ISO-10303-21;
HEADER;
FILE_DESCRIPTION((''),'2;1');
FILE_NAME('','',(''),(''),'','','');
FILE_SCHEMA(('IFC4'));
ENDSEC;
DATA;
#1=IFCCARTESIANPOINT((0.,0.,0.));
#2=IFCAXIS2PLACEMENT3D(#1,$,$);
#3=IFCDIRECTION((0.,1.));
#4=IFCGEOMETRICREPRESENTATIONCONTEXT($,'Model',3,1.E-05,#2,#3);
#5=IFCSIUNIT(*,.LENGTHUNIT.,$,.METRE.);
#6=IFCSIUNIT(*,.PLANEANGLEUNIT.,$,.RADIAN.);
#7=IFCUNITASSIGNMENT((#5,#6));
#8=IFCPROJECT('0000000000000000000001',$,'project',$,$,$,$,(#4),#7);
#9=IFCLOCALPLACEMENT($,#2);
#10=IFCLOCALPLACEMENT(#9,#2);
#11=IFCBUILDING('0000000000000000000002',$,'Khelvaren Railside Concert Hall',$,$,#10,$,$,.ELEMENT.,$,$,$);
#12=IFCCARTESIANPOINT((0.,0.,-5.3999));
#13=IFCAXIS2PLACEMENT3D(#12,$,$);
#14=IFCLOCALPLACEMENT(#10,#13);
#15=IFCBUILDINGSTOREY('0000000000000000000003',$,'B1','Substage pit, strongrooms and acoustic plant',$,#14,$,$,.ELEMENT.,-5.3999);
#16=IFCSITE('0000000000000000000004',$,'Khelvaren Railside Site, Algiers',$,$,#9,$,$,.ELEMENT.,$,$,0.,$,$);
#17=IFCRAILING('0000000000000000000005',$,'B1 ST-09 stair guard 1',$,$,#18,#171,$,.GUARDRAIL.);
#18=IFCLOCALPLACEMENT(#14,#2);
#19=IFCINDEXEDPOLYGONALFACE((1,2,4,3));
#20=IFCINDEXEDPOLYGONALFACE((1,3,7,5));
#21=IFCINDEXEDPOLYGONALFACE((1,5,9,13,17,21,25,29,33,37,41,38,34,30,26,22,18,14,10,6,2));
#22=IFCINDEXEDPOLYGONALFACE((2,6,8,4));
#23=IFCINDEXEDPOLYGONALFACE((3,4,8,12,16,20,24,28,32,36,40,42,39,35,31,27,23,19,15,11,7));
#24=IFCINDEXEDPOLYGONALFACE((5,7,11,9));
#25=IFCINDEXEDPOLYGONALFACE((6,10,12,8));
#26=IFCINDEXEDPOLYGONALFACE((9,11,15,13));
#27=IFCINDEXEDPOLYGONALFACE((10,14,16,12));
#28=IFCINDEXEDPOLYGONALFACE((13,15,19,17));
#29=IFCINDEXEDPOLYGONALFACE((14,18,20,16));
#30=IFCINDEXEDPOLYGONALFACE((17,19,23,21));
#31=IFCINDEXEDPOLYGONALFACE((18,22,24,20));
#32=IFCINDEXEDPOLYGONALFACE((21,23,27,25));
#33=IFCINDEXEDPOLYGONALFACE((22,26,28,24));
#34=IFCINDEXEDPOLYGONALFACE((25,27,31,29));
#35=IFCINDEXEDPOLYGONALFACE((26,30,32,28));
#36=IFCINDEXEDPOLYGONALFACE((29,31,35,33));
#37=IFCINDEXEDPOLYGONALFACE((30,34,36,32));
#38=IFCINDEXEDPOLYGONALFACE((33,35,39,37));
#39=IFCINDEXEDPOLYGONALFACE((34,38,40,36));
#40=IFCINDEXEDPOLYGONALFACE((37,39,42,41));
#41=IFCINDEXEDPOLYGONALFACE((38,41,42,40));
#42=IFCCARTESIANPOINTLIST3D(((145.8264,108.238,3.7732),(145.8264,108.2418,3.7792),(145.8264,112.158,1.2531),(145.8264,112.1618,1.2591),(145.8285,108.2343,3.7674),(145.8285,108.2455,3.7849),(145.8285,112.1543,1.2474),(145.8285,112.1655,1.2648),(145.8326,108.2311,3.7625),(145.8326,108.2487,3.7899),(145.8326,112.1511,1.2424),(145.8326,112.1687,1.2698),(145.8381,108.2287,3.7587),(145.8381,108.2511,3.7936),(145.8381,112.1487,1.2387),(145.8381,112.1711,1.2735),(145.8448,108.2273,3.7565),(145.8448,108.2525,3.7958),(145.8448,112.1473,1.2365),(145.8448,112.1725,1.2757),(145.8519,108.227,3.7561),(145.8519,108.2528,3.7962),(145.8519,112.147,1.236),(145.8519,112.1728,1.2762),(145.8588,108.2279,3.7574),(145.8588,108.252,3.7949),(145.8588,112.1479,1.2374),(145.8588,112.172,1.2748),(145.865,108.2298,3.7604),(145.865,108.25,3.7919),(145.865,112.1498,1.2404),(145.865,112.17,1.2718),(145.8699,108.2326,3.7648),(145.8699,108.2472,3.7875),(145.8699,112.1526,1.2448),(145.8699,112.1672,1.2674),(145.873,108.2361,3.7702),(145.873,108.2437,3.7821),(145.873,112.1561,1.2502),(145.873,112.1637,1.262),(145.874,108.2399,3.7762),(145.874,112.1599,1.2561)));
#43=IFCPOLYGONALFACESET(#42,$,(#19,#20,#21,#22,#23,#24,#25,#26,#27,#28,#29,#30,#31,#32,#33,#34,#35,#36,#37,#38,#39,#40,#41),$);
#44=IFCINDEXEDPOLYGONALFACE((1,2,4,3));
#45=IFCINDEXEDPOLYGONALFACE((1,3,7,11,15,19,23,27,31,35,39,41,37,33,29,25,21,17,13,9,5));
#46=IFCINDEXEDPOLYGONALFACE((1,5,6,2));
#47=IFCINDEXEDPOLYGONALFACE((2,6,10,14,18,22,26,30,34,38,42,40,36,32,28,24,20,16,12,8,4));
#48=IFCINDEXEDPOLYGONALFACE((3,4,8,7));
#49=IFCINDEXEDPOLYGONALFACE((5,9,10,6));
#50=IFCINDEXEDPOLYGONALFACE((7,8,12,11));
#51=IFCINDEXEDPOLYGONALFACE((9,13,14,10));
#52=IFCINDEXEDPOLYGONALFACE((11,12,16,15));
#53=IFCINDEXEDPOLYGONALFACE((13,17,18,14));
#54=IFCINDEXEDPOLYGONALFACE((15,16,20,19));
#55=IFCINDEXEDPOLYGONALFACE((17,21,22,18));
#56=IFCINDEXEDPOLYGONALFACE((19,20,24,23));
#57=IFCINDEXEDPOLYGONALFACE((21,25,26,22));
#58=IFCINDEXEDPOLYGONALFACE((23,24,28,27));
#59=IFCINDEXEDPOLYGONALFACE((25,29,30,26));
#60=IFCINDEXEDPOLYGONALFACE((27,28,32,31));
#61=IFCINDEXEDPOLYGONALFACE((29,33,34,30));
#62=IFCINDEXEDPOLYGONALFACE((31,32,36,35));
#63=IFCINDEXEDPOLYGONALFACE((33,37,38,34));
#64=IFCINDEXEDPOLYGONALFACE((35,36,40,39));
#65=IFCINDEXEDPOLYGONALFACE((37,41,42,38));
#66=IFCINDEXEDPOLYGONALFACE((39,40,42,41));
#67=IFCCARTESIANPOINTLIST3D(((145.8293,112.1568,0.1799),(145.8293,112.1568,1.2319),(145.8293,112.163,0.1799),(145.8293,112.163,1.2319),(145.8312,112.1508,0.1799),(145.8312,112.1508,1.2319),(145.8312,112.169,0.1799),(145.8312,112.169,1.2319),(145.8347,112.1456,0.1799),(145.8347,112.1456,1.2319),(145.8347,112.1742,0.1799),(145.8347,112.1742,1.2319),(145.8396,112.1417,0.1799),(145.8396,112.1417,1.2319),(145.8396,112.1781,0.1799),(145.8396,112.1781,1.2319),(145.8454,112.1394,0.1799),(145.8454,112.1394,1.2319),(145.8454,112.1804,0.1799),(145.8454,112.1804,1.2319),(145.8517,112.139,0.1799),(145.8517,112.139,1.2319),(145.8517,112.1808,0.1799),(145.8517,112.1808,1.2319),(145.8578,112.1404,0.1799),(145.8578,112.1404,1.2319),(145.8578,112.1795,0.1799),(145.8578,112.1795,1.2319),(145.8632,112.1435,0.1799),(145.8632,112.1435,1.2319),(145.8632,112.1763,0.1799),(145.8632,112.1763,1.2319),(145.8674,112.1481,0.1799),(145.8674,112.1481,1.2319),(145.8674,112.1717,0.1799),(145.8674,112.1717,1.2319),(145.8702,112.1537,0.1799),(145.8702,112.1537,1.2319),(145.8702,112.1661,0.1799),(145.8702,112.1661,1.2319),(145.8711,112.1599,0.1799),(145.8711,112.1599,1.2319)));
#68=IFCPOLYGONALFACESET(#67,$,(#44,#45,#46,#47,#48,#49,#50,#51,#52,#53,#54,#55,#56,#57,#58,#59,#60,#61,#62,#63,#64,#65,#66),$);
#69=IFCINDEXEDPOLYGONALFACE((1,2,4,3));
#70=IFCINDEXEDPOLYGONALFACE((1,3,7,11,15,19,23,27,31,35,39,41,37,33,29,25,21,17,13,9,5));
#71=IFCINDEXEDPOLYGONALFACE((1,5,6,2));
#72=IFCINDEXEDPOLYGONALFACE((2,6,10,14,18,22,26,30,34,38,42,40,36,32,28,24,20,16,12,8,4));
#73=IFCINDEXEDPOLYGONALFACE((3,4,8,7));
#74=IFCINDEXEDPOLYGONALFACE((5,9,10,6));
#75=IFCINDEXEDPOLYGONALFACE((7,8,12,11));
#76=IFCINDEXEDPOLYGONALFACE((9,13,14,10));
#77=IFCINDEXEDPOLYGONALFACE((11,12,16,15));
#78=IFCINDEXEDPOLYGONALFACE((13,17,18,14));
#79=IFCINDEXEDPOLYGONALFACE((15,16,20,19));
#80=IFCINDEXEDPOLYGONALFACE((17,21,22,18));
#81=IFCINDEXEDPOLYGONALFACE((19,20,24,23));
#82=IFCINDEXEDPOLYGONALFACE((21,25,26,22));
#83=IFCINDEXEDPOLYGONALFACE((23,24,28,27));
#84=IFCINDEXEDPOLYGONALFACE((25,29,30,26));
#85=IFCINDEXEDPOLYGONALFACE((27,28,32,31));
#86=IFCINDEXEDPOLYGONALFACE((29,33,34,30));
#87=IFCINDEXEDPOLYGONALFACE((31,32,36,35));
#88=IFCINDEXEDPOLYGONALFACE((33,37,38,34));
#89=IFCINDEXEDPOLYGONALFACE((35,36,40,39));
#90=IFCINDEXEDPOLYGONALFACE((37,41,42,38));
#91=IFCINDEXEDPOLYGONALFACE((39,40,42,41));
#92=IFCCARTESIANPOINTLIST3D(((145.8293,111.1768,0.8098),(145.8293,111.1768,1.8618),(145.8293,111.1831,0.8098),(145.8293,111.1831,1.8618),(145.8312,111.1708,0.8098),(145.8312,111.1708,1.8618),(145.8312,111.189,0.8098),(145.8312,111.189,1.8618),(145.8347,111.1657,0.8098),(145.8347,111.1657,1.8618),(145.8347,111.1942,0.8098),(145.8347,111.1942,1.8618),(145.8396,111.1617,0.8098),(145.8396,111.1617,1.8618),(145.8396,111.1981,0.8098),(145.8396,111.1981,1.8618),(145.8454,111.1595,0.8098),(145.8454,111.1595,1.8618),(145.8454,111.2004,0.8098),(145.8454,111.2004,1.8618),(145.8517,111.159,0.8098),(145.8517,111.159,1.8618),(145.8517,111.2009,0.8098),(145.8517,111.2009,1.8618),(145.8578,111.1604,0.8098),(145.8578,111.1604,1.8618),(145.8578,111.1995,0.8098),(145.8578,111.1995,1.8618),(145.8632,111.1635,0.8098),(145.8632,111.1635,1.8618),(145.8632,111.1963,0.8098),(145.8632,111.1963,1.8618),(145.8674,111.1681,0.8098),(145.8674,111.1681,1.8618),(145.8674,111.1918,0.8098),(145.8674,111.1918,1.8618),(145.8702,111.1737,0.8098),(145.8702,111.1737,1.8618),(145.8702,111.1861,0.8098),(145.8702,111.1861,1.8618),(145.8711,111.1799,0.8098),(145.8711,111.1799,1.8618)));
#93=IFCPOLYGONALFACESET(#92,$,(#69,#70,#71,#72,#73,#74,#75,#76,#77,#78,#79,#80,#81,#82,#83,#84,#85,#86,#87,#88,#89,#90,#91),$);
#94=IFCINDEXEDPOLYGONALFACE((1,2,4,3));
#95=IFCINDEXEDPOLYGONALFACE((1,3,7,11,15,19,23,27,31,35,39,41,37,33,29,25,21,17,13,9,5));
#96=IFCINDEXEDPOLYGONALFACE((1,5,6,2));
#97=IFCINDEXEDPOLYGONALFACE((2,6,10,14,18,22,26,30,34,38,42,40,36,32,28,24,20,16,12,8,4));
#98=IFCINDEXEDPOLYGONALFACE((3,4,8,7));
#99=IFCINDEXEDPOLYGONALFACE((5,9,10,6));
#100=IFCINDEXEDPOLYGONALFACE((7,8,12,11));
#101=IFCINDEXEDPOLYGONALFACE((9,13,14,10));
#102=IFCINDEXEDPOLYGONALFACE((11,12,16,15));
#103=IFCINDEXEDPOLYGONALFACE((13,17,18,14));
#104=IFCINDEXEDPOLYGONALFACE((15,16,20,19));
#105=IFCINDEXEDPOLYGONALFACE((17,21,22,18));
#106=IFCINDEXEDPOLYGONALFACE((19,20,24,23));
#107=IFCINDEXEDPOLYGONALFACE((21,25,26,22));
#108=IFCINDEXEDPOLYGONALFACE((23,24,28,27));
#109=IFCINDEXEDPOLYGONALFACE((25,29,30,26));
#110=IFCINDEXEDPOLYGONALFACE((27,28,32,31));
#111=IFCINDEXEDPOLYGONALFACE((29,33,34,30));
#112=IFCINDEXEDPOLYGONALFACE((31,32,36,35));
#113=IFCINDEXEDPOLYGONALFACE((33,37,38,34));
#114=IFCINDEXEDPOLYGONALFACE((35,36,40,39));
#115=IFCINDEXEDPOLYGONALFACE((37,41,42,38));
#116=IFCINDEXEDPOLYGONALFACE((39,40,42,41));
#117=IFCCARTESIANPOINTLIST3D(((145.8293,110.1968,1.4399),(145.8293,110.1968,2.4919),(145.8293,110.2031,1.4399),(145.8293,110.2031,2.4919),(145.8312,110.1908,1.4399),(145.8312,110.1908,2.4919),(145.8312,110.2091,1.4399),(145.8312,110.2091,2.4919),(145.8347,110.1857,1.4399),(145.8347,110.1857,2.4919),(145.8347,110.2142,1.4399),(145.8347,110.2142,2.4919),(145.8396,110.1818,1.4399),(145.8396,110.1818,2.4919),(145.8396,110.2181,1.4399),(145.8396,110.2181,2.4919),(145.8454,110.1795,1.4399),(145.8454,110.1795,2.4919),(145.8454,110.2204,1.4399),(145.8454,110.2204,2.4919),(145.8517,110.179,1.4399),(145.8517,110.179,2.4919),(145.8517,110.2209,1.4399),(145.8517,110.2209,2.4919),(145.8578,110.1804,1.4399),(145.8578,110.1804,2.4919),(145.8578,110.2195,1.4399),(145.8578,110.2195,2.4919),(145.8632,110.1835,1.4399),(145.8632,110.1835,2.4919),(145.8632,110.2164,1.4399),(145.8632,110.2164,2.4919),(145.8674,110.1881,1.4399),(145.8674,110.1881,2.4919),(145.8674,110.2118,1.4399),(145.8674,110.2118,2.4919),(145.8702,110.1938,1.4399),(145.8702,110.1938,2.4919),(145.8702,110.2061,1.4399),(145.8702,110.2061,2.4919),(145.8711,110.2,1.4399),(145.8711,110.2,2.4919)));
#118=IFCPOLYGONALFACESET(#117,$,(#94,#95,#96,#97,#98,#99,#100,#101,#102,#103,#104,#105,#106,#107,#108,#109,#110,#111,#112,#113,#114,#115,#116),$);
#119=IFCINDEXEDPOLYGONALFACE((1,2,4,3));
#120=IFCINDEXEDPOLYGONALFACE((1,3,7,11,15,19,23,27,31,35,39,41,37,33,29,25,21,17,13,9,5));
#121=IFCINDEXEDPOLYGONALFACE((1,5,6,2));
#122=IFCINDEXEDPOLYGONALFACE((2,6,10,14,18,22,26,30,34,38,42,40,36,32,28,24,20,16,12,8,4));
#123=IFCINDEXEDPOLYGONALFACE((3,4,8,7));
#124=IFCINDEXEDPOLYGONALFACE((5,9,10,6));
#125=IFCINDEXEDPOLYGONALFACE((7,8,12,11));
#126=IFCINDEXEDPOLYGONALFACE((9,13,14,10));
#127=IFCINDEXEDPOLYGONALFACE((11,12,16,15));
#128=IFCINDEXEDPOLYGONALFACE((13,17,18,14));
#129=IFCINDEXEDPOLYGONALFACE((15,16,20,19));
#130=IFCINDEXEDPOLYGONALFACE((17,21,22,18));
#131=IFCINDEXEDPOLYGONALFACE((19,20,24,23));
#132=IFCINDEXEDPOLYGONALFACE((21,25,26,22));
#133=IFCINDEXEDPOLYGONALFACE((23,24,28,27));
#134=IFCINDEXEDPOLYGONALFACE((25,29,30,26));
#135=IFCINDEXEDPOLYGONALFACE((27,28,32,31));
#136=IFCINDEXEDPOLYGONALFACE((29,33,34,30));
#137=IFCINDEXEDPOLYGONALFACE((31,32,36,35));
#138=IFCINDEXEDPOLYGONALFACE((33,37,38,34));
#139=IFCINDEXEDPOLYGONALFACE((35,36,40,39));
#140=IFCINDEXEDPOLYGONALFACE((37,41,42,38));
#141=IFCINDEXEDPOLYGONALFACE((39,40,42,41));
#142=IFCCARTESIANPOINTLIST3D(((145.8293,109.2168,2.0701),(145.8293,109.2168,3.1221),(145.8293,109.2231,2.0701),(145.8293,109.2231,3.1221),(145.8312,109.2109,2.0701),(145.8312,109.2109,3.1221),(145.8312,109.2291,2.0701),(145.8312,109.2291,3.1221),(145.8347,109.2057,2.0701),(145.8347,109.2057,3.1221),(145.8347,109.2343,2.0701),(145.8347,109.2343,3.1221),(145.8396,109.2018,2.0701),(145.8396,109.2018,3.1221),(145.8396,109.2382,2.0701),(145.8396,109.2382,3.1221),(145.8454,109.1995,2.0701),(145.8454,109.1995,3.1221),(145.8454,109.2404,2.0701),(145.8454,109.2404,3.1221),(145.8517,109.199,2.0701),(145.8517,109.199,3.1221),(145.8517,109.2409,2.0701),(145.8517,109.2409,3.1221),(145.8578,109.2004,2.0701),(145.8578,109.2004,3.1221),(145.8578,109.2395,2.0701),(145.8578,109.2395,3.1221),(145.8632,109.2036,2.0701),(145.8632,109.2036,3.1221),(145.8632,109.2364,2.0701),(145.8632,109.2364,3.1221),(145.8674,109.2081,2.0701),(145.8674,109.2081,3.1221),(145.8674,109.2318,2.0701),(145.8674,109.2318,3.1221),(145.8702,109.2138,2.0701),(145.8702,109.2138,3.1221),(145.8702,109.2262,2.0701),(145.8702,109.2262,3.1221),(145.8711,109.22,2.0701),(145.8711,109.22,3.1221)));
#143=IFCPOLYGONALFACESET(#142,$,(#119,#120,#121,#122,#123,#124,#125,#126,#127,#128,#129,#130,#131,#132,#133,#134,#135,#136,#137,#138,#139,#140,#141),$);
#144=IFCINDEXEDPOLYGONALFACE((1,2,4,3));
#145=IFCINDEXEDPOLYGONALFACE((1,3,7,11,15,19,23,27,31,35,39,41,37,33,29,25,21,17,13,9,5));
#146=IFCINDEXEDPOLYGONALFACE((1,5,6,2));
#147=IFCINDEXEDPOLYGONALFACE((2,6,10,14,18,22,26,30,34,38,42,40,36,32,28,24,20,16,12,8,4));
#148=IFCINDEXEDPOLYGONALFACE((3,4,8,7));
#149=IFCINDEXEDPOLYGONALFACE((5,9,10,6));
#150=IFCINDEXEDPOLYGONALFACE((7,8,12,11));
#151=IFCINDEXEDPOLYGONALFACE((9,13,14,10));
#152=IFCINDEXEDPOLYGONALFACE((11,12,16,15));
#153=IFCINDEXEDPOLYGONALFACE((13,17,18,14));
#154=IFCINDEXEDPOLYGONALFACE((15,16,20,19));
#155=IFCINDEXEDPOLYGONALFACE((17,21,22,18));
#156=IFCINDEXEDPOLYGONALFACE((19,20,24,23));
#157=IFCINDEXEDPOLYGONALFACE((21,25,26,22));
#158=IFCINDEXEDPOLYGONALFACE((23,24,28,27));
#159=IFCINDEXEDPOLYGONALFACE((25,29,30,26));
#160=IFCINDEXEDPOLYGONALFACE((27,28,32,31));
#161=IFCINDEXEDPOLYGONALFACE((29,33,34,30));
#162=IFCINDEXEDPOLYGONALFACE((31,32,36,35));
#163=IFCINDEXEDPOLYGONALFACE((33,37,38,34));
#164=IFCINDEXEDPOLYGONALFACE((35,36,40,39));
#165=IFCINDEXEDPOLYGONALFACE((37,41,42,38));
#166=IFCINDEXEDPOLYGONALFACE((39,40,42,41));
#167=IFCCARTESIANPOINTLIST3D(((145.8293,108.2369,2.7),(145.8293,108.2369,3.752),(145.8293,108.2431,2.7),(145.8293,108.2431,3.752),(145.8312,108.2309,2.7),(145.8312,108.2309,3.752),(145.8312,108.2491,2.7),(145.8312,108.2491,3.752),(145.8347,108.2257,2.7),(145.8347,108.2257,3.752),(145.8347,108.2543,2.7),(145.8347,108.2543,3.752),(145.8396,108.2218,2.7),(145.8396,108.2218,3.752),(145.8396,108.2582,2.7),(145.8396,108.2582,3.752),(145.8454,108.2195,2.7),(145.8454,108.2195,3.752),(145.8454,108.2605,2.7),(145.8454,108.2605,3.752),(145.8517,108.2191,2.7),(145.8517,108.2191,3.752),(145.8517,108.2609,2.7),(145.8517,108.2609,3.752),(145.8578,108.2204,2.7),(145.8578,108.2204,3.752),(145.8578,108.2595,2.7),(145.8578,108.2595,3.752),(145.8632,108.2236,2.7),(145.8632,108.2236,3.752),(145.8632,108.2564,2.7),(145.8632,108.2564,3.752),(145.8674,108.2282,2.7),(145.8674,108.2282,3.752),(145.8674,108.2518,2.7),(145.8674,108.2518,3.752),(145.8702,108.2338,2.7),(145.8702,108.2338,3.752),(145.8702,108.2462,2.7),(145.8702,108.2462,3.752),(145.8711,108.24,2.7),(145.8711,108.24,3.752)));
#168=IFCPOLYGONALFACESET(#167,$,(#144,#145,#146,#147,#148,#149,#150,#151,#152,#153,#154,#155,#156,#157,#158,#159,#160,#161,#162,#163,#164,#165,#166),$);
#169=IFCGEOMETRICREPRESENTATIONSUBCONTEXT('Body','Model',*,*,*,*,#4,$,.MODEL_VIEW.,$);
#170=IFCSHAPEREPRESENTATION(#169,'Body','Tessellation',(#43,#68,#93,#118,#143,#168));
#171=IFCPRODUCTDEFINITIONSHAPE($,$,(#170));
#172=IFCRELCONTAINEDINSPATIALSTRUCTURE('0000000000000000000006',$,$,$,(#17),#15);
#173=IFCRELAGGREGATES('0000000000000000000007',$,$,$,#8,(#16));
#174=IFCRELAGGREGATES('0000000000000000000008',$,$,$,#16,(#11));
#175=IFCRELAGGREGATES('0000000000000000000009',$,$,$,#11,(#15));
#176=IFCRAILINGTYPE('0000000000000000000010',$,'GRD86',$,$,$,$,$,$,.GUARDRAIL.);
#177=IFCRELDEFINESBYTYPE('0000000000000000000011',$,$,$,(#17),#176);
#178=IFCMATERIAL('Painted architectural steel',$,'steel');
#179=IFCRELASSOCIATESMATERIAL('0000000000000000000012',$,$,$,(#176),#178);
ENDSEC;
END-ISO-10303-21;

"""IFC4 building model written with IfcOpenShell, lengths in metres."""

from ifc_helpers import new_model, si_unit, direction, frame, origin, origin_2d, place, context, subcontext, project, spatial, circle, extrude, material, type_object, element, save


model = new_model("IFC4")

# Units and contexts
model_context = context("Model", 3, precision=1e-05, world=origin(), true_north=direction((0.0, 1.0)))
body_context = subcontext(model_context, "Body", "Model", "MODEL_VIEW")
ifc_project = project(units=[si_unit("LENGTHUNIT", "METRE"), si_unit("PLANEANGLEUNIT", "RADIAN")], contexts=[model_context])

# Site, building, storey
site_placement = place(None, origin())
site = spatial("IfcSite", under=ifc_project, at=site_placement, Name="Khelvaren Railside Site, Algiers", CompositionType="ELEMENT", RefElevation=0.0)
building_placement = place(site_placement, origin())
building = spatial("IfcBuilding", under=site, at=building_placement, Name="Khelvaren Railside Concert Hall", CompositionType="ELEMENT")
storey_placement = place(building_placement, frame((0.0, 0.0, -5.3999)))
storey = spatial("IfcBuildingStorey", under=building, at=storey_placement, Name="B1", Description="Substage pit, strongrooms and acoustic plant", CompositionType="ELEMENT", Elevation=-5.3999)

# Railing
ifc_material_1 = material(Name="Painted architectural steel", Category="steel")
railing_type_1 = type_object("IfcRailingType", Name="GRD86", PredefinedType="GUARDRAIL", material=ifc_material_1)
railing_1_placement = place(storey_placement, frame((145.8501, 112.1599, 0.1799)))
element("IfcRailing", 1, at=railing_1_placement, inside=storey, type_object=railing_type_1, Name="B1 ST-09 stair guard 1", PredefinedType="GUARDRAIL", context=body_context, shape_type="SweptSolid", body=[
    extrude(circle(Radius=0.0239, at=origin_2d()), frame((0.0, 0.0, 1.0762), z_axis=(0.0, -0.841172, 0.540768), x_axis=(1.0, 0.0, 0.0)), (0.0, 0.0, 1.0), 4.6602),
    extrude(circle(Radius=0.021, at=origin_2d()), origin(), (0.0, 0.0, 1.0), 1.052),
    extrude(circle(Radius=0.021, at=origin_2d()), frame((0.0, -0.98, 0.6299)), (0.0, 0.0, 1.0), 1.052),
    extrude(circle(Radius=0.021, at=origin_2d()), frame((0.0, -1.96, 1.26)), (0.0, 0.0, 1.0), 1.052),
    extrude(circle(Radius=0.021, at=origin_2d()), frame((0.0, -2.9399, 1.8901)), (0.0, 0.0, 1.0), 1.052),
    extrude(circle(Radius=0.021, at=origin_2d()), frame((0.0, -3.9199, 2.52)), (0.0, 0.0, 1.0), 1.052),
])

save(model, "model.ifc")
